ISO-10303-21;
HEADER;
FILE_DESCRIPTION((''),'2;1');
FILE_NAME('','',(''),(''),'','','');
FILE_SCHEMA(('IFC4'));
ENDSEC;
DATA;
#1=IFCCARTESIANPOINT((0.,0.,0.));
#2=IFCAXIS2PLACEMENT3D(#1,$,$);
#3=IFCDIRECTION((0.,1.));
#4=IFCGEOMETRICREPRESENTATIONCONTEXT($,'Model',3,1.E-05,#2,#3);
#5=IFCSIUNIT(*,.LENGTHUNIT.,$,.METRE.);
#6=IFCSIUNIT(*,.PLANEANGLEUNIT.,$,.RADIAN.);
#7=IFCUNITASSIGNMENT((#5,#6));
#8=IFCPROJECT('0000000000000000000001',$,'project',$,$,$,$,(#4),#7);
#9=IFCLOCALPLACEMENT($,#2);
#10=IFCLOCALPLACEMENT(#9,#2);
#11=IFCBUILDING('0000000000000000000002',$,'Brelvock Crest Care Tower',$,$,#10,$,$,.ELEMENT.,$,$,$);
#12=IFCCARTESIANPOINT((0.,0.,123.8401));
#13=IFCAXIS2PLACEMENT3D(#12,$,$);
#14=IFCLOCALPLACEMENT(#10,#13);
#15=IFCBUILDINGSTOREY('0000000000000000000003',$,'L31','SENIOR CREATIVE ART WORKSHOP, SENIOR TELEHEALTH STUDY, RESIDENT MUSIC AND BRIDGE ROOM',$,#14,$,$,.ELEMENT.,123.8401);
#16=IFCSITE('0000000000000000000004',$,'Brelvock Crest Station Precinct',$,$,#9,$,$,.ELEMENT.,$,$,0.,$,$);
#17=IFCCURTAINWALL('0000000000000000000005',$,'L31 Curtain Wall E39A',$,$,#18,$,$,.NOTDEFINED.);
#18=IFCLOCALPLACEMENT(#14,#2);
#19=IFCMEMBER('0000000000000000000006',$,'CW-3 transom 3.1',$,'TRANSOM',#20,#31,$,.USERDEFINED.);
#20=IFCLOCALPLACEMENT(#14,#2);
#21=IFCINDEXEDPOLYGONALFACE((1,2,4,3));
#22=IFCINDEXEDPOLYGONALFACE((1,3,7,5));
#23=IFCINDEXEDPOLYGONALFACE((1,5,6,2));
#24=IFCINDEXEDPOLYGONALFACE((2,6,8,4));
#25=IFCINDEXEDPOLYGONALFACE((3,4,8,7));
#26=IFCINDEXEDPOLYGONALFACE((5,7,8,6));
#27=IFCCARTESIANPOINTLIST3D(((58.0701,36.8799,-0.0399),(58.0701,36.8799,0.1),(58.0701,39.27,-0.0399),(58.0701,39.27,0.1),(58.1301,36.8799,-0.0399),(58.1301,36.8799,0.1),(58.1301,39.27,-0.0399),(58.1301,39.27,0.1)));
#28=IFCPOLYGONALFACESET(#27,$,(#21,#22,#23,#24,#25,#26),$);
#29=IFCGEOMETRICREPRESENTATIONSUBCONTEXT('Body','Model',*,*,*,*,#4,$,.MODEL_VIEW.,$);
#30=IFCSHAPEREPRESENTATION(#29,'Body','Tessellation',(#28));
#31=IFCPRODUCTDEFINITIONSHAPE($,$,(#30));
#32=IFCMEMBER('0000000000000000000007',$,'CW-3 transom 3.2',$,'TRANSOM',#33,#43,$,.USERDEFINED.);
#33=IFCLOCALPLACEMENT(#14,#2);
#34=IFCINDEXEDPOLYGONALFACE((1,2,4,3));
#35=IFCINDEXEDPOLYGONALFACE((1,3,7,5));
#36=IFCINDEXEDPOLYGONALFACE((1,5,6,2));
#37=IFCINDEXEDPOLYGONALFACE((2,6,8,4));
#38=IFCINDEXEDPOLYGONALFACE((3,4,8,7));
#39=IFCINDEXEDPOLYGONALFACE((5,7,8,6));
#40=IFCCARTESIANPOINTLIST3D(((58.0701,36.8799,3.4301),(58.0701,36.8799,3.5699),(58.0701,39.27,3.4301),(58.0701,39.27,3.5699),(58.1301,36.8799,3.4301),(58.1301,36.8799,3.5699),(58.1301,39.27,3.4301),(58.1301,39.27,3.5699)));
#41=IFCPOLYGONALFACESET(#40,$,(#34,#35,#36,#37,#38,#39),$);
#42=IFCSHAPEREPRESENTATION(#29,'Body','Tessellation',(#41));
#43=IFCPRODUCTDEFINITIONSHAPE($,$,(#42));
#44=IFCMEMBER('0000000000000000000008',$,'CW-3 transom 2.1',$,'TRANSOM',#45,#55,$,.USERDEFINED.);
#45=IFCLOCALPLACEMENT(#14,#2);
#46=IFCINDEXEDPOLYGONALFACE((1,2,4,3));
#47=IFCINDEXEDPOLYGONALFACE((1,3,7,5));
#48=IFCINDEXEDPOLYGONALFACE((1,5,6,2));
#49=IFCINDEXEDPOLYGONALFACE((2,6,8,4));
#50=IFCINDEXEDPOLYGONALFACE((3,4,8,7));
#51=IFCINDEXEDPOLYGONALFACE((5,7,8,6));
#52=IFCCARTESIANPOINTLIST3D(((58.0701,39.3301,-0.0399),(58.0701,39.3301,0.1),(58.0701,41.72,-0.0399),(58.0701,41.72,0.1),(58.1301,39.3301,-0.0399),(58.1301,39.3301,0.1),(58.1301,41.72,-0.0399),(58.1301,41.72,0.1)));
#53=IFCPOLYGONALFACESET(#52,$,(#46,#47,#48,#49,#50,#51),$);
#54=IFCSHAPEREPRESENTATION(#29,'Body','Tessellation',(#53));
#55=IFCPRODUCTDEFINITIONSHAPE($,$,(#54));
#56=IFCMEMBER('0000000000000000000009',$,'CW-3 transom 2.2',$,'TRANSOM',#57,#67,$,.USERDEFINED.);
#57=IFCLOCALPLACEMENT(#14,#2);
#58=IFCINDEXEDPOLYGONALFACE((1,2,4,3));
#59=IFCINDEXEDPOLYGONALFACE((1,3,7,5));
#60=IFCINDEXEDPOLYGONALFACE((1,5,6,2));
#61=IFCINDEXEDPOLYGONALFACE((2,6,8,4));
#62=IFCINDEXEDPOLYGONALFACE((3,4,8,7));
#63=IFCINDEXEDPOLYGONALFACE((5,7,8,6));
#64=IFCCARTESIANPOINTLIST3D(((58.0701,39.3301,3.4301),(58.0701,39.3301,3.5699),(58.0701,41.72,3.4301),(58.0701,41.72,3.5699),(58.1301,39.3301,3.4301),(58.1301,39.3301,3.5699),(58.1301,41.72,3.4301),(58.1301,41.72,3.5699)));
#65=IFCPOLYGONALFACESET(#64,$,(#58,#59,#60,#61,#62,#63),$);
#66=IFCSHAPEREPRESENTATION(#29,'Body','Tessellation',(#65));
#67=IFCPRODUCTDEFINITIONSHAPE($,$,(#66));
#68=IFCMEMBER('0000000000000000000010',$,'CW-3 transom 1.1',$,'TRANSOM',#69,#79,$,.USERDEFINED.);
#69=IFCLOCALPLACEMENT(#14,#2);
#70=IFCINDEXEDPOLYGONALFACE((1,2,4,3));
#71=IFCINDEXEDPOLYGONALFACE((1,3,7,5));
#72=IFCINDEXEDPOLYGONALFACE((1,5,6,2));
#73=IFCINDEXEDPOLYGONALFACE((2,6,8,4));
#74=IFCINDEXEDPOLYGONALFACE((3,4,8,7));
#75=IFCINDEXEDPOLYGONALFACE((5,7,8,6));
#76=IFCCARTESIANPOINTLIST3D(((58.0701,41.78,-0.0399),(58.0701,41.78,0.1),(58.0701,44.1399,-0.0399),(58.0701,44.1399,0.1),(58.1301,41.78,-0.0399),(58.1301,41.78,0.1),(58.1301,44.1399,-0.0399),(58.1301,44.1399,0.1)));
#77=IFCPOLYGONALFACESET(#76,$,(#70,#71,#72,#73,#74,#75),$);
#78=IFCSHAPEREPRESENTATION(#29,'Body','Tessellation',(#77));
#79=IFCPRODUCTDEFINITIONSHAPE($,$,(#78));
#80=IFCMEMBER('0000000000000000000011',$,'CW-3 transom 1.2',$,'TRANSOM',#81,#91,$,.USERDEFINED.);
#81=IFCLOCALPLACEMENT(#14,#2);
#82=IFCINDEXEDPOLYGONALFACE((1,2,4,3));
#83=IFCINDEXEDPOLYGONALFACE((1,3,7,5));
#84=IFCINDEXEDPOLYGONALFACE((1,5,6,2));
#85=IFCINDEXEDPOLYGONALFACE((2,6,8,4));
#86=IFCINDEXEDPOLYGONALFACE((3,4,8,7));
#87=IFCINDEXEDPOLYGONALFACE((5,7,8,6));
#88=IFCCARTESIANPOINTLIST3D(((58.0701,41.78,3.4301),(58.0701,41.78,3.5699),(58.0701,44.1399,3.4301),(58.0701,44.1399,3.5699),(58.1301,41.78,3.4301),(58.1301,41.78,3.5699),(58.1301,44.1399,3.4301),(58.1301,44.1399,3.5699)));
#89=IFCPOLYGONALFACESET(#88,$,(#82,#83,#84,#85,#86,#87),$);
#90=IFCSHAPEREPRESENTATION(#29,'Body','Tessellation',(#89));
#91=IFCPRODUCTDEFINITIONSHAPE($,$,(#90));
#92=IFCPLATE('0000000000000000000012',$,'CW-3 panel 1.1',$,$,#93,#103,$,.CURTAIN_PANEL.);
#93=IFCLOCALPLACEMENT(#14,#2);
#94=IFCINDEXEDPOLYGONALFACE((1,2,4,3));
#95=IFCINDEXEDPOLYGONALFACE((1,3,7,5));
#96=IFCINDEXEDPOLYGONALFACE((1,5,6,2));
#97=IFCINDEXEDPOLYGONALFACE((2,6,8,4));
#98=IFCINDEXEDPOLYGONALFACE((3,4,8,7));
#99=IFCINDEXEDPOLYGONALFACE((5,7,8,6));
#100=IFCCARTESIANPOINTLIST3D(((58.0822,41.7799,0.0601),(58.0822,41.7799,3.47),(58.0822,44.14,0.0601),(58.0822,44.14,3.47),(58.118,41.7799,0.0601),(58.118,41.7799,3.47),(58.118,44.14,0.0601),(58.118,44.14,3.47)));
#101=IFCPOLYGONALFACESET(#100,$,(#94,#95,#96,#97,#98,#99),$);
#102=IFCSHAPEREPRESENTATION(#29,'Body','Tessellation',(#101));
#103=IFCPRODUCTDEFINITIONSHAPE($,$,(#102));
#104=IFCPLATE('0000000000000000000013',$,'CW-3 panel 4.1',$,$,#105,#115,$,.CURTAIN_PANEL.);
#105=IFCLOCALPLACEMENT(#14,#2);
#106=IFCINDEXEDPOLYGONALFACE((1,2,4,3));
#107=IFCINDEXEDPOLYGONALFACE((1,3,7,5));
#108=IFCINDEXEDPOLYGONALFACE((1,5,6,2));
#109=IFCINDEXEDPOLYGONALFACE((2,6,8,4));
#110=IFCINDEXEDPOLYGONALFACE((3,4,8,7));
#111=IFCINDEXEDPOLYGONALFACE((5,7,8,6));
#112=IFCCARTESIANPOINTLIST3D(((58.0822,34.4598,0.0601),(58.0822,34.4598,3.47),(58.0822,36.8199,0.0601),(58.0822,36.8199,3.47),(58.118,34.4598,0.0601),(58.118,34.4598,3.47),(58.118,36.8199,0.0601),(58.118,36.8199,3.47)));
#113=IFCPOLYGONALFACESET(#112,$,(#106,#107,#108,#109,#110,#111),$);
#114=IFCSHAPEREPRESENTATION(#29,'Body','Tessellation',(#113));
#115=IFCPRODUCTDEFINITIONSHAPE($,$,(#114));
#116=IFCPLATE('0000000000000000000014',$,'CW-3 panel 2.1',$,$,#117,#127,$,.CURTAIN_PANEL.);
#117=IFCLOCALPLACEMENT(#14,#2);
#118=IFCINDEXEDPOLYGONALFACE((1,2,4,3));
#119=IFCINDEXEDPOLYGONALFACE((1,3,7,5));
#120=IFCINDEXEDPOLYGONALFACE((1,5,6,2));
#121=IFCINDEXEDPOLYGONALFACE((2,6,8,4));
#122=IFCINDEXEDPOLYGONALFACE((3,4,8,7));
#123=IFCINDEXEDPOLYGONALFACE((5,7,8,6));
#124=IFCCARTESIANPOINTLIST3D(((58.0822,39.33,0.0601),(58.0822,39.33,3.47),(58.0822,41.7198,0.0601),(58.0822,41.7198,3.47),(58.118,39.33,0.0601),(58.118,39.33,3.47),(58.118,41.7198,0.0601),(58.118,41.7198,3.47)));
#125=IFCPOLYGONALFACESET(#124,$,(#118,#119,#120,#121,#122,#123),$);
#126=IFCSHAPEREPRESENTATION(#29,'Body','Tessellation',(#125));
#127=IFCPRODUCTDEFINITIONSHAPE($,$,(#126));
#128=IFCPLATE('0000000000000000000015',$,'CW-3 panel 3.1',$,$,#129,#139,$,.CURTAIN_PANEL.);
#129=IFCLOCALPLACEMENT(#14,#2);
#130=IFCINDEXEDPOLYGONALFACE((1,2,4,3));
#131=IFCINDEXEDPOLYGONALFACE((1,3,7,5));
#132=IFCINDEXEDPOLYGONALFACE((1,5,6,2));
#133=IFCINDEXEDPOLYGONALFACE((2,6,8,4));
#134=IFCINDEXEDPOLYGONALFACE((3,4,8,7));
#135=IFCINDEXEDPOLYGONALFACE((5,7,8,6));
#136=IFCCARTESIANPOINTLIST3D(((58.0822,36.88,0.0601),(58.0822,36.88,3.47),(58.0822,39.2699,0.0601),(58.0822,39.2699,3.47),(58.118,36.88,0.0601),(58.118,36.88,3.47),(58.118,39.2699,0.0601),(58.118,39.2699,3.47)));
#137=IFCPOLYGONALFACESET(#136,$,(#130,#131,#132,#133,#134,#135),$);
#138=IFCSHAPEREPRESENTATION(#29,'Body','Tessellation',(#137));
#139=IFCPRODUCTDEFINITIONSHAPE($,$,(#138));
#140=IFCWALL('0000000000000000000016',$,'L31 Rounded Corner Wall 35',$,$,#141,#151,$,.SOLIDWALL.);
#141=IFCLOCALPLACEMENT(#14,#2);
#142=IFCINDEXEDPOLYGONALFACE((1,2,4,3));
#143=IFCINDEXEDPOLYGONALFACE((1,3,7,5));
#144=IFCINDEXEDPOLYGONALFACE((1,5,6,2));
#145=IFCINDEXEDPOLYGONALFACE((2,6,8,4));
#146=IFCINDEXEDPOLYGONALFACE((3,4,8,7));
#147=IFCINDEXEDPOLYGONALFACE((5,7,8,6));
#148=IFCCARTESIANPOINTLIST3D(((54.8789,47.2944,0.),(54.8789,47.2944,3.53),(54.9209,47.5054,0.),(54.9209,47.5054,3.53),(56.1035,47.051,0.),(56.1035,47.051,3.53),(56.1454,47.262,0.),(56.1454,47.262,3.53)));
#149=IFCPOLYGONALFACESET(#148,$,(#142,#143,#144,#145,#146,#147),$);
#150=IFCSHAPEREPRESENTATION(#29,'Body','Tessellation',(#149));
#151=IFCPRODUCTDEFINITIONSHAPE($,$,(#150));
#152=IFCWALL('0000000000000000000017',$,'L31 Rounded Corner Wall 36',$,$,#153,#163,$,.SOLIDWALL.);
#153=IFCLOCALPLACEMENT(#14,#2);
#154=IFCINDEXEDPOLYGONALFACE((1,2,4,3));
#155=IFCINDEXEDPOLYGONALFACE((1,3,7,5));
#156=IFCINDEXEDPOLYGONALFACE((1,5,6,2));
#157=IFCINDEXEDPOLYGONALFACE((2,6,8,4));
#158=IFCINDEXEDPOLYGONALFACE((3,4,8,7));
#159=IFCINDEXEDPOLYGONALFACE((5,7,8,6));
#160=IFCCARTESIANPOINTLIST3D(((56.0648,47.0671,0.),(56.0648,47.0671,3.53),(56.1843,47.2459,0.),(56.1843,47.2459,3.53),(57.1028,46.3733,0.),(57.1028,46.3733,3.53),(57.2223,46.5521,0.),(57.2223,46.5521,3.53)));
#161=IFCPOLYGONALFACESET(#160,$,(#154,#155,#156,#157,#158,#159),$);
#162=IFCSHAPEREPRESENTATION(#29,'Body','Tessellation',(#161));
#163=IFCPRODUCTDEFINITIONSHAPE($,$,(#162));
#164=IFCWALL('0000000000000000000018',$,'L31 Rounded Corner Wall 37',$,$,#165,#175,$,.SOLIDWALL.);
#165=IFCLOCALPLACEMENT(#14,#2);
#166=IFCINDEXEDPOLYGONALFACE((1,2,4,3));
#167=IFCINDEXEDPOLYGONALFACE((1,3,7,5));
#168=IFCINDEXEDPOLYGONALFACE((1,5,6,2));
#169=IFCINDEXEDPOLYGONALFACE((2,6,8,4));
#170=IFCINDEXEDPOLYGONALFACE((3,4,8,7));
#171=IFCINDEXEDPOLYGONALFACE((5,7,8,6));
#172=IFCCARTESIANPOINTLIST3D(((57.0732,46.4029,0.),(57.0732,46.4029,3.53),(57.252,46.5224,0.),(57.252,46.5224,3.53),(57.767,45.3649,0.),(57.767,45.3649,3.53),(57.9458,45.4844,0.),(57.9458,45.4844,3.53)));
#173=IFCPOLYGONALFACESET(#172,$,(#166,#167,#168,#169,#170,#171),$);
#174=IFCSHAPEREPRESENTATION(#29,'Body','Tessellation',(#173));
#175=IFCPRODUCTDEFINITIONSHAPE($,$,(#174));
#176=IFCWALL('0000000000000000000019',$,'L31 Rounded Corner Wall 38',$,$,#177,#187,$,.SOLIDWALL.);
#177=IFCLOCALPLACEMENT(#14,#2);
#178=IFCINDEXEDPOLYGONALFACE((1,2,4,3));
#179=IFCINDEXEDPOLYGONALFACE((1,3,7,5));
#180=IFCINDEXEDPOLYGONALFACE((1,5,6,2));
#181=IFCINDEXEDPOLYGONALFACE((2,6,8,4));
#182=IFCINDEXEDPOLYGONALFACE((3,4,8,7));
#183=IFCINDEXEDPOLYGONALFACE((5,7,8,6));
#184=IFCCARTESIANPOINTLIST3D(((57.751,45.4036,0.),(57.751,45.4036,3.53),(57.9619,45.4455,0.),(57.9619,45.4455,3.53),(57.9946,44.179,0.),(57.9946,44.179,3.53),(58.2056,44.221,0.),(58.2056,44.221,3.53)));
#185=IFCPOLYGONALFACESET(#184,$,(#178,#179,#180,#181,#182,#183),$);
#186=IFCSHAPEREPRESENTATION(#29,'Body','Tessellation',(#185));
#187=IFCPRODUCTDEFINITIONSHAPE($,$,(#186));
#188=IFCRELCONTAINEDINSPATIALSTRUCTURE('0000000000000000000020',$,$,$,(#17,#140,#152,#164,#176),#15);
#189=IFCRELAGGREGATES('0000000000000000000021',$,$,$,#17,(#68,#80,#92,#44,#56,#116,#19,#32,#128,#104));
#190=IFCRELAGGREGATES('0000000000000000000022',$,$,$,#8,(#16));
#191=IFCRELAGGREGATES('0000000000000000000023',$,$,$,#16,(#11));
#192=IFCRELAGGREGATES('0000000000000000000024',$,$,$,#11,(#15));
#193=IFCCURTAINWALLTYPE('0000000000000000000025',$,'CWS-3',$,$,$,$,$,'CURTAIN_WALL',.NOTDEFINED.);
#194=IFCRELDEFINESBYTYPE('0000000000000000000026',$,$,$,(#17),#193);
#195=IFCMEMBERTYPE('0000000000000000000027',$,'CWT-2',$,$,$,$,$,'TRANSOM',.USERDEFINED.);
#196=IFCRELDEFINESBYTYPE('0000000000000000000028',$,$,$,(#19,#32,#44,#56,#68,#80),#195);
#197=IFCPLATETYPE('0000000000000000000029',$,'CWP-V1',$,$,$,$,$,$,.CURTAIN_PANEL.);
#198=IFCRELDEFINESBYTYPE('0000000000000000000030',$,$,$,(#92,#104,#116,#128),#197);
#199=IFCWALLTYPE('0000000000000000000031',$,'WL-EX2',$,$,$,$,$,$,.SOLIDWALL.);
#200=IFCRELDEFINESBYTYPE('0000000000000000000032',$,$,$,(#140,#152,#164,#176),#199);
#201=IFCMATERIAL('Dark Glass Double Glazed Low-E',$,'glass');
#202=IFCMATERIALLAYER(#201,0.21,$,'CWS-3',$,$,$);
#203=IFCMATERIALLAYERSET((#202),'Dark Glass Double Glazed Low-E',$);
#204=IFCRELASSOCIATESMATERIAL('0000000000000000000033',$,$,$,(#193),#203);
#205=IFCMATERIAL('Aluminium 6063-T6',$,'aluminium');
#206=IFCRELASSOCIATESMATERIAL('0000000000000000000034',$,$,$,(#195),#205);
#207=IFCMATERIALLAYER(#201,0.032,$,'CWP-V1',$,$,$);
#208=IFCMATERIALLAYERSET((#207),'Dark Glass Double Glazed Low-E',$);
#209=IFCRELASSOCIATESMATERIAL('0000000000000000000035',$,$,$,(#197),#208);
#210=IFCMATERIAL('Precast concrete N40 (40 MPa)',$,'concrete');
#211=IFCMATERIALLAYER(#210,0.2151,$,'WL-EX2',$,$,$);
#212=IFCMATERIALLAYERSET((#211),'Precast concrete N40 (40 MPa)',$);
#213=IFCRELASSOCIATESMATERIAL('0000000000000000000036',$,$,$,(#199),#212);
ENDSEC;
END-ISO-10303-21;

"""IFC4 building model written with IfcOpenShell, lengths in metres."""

from ifc_helpers import new_model, si_unit, direction, frame, frame_2d, origin, origin_2d, place, context, subcontext, project, spatial, rectangle, extrude, source, transform, mapped, material, layer, layer_set, material_profile, profile_set, type_object, element, aggregate, save


model = new_model("IFC4")

# Units and contexts
model_context = context("Model", 3, precision=1e-05, world=origin(), true_north=direction((0.0, 1.0)))
body_context = subcontext(model_context, "Body", "Model", "MODEL_VIEW")
ifc_project = project(units=[si_unit("LENGTHUNIT", "METRE"), si_unit("PLANEANGLEUNIT", "RADIAN")], contexts=[model_context])

# Site, building, storey
site_placement = place(None, origin())
site = spatial("IfcSite", under=ifc_project, at=site_placement, Name="Brelvock Crest Station Precinct", CompositionType="ELEMENT", RefElevation=0.0)
building_placement = place(site_placement, origin())
building = spatial("IfcBuilding", under=site, at=building_placement, Name="Brelvock Crest Care Tower", CompositionType="ELEMENT")
storey_placement = place(building_placement, frame((0.0, 0.0, 123.8401)))
storey = spatial("IfcBuildingStorey", under=building, at=storey_placement, Name="L31", Description="SENIOR CREATIVE ART WORKSHOP, SENIOR TELEHEALTH STUDY, RESIDENT MUSIC AND BRIDGE ROOM", CompositionType="ELEMENT", Elevation=123.8401)

# Curtain wall, members, plates
ifc_material_1 = material(Name="Dark Glass Double Glazed Low-E", Category="glass")
ifc_layer_1 = layer(ifc_material_1, 0.21, Name="CWS-3")
ifc_layer_set_1 = layer_set([ifc_layer_1], Name="Dark Glass Double Glazed Low-E")
curtain_wall_type = type_object("IfcCurtainWallType", Name="CWS-3", ElementType="CURTAIN_WALL", PredefinedType="NOTDEFINED", material=ifc_layer_set_1)
curtain_wall_placement = place(storey_placement, origin())
curtain_wall = element("IfcCurtainWall", 1, at=curtain_wall_placement, inside=storey, type_object=curtain_wall_type, Name="L31 Curtain Wall E39A", PredefinedType="NOTDEFINED")
ifc_material_2 = material(Name="Aluminium 6063-T6", Category="aluminium")
ifc_material_profile_1 = material_profile(ifc_material_2, rectangle(XDim=0.0601, YDim=0.1399, at=origin_2d()), Name="ALU60x140")
ifc_profile_set_1 = profile_set([ifc_material_profile_1], Name="Aluminium 6063-T6")
member_type_1 = type_object("IfcMemberType", Name="CWT-2", ElementType="TRANSOM", PredefinedType="USERDEFINED", material=ifc_profile_set_1)
shared_shape_1 = source(origin(), body_context, "Body", "SweptSolid", [
    extrude(rectangle(XDim=0.0601, YDim=0.1399, at=origin_2d()), origin(), (0.0, 0.0, 1.0), 2.3901),
])
member_1_placement = place(storey_placement, frame((58.1001, 39.27, 0.03), z_axis=(0.0, -1.0, 0.0), x_axis=(1.0, 0.0, 0.0)))
member_1 = element("IfcMember", 2, at=member_1_placement, type_object=member_type_1, Name="CW-3 transom 3.1", ObjectType="TRANSOM", PredefinedType="USERDEFINED", context=body_context, shape_type="MappedRepresentation", body=[
    mapped(shared_shape_1, transform((0.0, 0.0, 0.0), x_axis=(1.0, 0.0, 0.0), y_axis=(0.0, 1.0, 0.0), z_axis=(0.0, 0.0, 1.0), scale=1.0)),
])
member_2_placement = place(storey_placement, frame((58.1001, 39.27, 3.5), z_axis=(0.0, -1.0, 0.0), x_axis=(1.0, 0.0, 0.0)))
member_2 = element("IfcMember", 3, at=member_2_placement, type_object=member_type_1, Name="CW-3 transom 3.2", ObjectType="TRANSOM", PredefinedType="USERDEFINED", context=body_context, shape_type="MappedRepresentation", body=[
    mapped(shared_shape_1, transform((0.0, 0.0, 0.0), x_axis=(1.0, 0.0, 0.0), y_axis=(0.0, 1.0, 0.0), z_axis=(0.0, 0.0, 1.0), scale=1.0)),
])
shared_shape_2 = source(origin(), body_context, "Body", "SweptSolid", [
    extrude(rectangle(XDim=0.0601, YDim=0.1399, at=origin_2d()), origin(), (0.0, 0.0, 1.0), 2.3899),
])
member_3_placement = place(storey_placement, frame((58.1001, 41.72, 0.03), z_axis=(0.0, -1.0, 0.0), x_axis=(1.0, 0.0, 0.0)))
member_3 = element("IfcMember", 4, at=member_3_placement, type_object=member_type_1, Name="CW-3 transom 2.1", ObjectType="TRANSOM", PredefinedType="USERDEFINED", context=body_context, shape_type="MappedRepresentation", body=[
    mapped(shared_shape_2, transform((0.0, 0.0, 0.0), x_axis=(1.0, 0.0, 0.0), y_axis=(0.0, 1.0, 0.0), z_axis=(0.0, 0.0, 1.0), scale=1.0)),
])
member_4_placement = place(storey_placement, frame((58.1001, 41.72, 3.5), z_axis=(0.0, -1.0, 0.0), x_axis=(1.0, 0.0, 0.0)))
member_4 = element("IfcMember", 5, at=member_4_placement, type_object=member_type_1, Name="CW-3 transom 2.2", ObjectType="TRANSOM", PredefinedType="USERDEFINED", context=body_context, shape_type="MappedRepresentation", body=[
    mapped(shared_shape_2, transform((0.0, 0.0, 0.0), x_axis=(1.0, 0.0, 0.0), y_axis=(0.0, 1.0, 0.0), z_axis=(0.0, 0.0, 1.0), scale=1.0)),
])
shared_shape_3 = source(origin(), body_context, "Body", "SweptSolid", [
    extrude(rectangle(XDim=0.0601, YDim=0.1399, at=origin_2d()), origin(), (0.0, 0.0, 1.0), 2.3599),
])
member_5_placement = place(storey_placement, frame((58.1001, 44.1399, 0.03), z_axis=(0.0, -1.0, 0.0), x_axis=(1.0, 0.0, 0.0)))
member_5 = element("IfcMember", 6, at=member_5_placement, type_object=member_type_1, Name="CW-3 transom 1.1", ObjectType="TRANSOM", PredefinedType="USERDEFINED", context=body_context, shape_type="MappedRepresentation", body=[
    mapped(shared_shape_3, transform((0.0, 0.0, 0.0), x_axis=(1.0, 0.0, 0.0), y_axis=(0.0, 1.0, 0.0), z_axis=(0.0, 0.0, 1.0), scale=1.0)),
])
member_6_placement = place(storey_placement, frame((58.1001, 44.1399, 3.5), z_axis=(0.0, -1.0, 0.0), x_axis=(1.0, 0.0, 0.0)))
member_6 = element("IfcMember", 7, at=member_6_placement, type_object=member_type_1, Name="CW-3 transom 1.2", ObjectType="TRANSOM", PredefinedType="USERDEFINED", context=body_context, shape_type="MappedRepresentation", body=[
    mapped(shared_shape_3, transform((0.0, 0.0, 0.0), x_axis=(1.0, 0.0, 0.0), y_axis=(0.0, 1.0, 0.0), z_axis=(0.0, 0.0, 1.0), scale=1.0)),
])
ifc_layer_2 = layer(ifc_material_1, 0.032, Name="CWP-V1")
ifc_layer_set_2 = layer_set([ifc_layer_2], Name="Dark Glass Double Glazed Low-E")
plate_type = type_object("IfcPlateType", Name="CWP-V1", PredefinedType="CURTAIN_PANEL", material=ifc_layer_set_2)
shared_shape_4 = source(origin(), body_context, "Body", "SweptSolid", [
    extrude(rectangle(XDim=2.3601, YDim=0.0359, at=origin_2d()), origin(), (0.0, 0.0, 1.0), 3.4099),
])
plate_1_placement = place(storey_placement, frame((58.1001, 42.96, 0.0601), z_axis=(0.0, 0.0, 1.0), x_axis=(0.0, -1.0, 0.0)))
plate_1 = element("IfcPlate", 8, at=plate_1_placement, type_object=plate_type, Name="CW-3 panel 1.1", PredefinedType="CURTAIN_PANEL", context=body_context, shape_type="MappedRepresentation", body=[
    mapped(shared_shape_4, transform((0.0, 0.0, 0.0), x_axis=(1.0, 0.0, 0.0), y_axis=(0.0, 1.0, 0.0), z_axis=(0.0, 0.0, 1.0), scale=1.0)),
])
plate_2_placement = place(storey_placement, frame((58.1001, 35.6399, 0.0601), z_axis=(0.0, 0.0, 1.0), x_axis=(0.0, -1.0, 0.0)))
plate_2 = element("IfcPlate", 9, at=plate_2_placement, type_object=plate_type, Name="CW-3 panel 4.1", PredefinedType="CURTAIN_PANEL", context=body_context, shape_type="MappedRepresentation", body=[
    mapped(shared_shape_4, transform((0.0, 0.0, 0.0), x_axis=(1.0, 0.0, 0.0), y_axis=(0.0, 1.0, 0.0), z_axis=(0.0, 0.0, 1.0), scale=1.0)),
])
shared_shape_5 = source(origin(), body_context, "Body", "SweptSolid", [
    extrude(rectangle(XDim=2.3899, YDim=0.0359, at=origin_2d()), origin(), (0.0, 0.0, 1.0), 3.4099),
])
plate_3_placement = place(storey_placement, frame((58.1001, 40.5249, 0.0601), z_axis=(0.0, 0.0, 1.0), x_axis=(0.0, -1.0, 0.0)))
plate_3 = element("IfcPlate", 10, at=plate_3_placement, type_object=plate_type, Name="CW-3 panel 2.1", PredefinedType="CURTAIN_PANEL", context=body_context, shape_type="MappedRepresentation", body=[
    mapped(shared_shape_5, transform((0.0, 0.0, 0.0), x_axis=(1.0, 0.0, 0.0), y_axis=(0.0, 1.0, 0.0), z_axis=(0.0, 0.0, 1.0), scale=1.0)),
])
plate_4_placement = place(storey_placement, frame((58.1001, 38.075, 0.0601), z_axis=(0.0, 0.0, 1.0), x_axis=(0.0, -1.0, 0.0)))
plate_4 = element("IfcPlate", 11, at=plate_4_placement, type_object=plate_type, Name="CW-3 panel 3.1", PredefinedType="CURTAIN_PANEL", context=body_context, shape_type="MappedRepresentation", body=[
    mapped(shared_shape_5, transform((0.0, 0.0, 0.0), x_axis=(1.0, 0.0, 0.0), y_axis=(0.0, 1.0, 0.0), z_axis=(0.0, 0.0, 1.0), scale=1.0)),
])
aggregate(curtain_wall, [member_5, member_6, plate_1, member_3, member_4, plate_3, member_1, member_2, plate_4, plate_2])

# Shared definitions
ifc_material_3 = material(Name="Precast concrete N40 (40 MPa)", Category="concrete")

# Walls
ifc_layer_3 = layer(ifc_material_3, 0.2151, Name="WL-EX2")
ifc_layer_set_3 = layer_set([ifc_layer_3], Name="Precast concrete N40 (40 MPa)")
wall_type_1 = type_object("IfcWallType", Name="WL-EX2", PredefinedType="SOLIDWALL", material=ifc_layer_set_3)
for number, where, z_axis, x_axis, name in (
    (12, (54.8999, 47.3999, 0.0), (0.0, 0.0, 1.0), (0.980813, -0.19495, 0.0), "L31 Rounded Corner Wall 35"),
    (13, (56.1245, 47.1565, 0.0), (0.0, 0.0, 1.0), (0.831388, -0.555692, 0.0), "L31 Rounded Corner Wall 36"),
    (14, (57.1626, 46.4626, 0.0), (0.0, 0.0, 1.0), (0.555692, -0.831388, 0.0), "L31 Rounded Corner Wall 37"),
    (15, (57.8564, 45.4246, 0.0), (0.0, 0.0, 1.0), (0.195138, -0.980776, 0.0), "L31 Rounded Corner Wall 38"),
):
    element("IfcWall", number, at=place(storey_placement, frame(where, z_axis=z_axis, x_axis=x_axis)), inside=storey, type_object=wall_type_1, Name=name, PredefinedType="SOLIDWALL", context=body_context, shape_type="SweptSolid", body=[
        extrude(rectangle(XDim=1.2485, YDim=0.2151, at=frame_2d((0.6243, 0.0))), origin(), (0.0, 0.0, 1.0), 3.53),
    ])

save(model, "model.ifc")
